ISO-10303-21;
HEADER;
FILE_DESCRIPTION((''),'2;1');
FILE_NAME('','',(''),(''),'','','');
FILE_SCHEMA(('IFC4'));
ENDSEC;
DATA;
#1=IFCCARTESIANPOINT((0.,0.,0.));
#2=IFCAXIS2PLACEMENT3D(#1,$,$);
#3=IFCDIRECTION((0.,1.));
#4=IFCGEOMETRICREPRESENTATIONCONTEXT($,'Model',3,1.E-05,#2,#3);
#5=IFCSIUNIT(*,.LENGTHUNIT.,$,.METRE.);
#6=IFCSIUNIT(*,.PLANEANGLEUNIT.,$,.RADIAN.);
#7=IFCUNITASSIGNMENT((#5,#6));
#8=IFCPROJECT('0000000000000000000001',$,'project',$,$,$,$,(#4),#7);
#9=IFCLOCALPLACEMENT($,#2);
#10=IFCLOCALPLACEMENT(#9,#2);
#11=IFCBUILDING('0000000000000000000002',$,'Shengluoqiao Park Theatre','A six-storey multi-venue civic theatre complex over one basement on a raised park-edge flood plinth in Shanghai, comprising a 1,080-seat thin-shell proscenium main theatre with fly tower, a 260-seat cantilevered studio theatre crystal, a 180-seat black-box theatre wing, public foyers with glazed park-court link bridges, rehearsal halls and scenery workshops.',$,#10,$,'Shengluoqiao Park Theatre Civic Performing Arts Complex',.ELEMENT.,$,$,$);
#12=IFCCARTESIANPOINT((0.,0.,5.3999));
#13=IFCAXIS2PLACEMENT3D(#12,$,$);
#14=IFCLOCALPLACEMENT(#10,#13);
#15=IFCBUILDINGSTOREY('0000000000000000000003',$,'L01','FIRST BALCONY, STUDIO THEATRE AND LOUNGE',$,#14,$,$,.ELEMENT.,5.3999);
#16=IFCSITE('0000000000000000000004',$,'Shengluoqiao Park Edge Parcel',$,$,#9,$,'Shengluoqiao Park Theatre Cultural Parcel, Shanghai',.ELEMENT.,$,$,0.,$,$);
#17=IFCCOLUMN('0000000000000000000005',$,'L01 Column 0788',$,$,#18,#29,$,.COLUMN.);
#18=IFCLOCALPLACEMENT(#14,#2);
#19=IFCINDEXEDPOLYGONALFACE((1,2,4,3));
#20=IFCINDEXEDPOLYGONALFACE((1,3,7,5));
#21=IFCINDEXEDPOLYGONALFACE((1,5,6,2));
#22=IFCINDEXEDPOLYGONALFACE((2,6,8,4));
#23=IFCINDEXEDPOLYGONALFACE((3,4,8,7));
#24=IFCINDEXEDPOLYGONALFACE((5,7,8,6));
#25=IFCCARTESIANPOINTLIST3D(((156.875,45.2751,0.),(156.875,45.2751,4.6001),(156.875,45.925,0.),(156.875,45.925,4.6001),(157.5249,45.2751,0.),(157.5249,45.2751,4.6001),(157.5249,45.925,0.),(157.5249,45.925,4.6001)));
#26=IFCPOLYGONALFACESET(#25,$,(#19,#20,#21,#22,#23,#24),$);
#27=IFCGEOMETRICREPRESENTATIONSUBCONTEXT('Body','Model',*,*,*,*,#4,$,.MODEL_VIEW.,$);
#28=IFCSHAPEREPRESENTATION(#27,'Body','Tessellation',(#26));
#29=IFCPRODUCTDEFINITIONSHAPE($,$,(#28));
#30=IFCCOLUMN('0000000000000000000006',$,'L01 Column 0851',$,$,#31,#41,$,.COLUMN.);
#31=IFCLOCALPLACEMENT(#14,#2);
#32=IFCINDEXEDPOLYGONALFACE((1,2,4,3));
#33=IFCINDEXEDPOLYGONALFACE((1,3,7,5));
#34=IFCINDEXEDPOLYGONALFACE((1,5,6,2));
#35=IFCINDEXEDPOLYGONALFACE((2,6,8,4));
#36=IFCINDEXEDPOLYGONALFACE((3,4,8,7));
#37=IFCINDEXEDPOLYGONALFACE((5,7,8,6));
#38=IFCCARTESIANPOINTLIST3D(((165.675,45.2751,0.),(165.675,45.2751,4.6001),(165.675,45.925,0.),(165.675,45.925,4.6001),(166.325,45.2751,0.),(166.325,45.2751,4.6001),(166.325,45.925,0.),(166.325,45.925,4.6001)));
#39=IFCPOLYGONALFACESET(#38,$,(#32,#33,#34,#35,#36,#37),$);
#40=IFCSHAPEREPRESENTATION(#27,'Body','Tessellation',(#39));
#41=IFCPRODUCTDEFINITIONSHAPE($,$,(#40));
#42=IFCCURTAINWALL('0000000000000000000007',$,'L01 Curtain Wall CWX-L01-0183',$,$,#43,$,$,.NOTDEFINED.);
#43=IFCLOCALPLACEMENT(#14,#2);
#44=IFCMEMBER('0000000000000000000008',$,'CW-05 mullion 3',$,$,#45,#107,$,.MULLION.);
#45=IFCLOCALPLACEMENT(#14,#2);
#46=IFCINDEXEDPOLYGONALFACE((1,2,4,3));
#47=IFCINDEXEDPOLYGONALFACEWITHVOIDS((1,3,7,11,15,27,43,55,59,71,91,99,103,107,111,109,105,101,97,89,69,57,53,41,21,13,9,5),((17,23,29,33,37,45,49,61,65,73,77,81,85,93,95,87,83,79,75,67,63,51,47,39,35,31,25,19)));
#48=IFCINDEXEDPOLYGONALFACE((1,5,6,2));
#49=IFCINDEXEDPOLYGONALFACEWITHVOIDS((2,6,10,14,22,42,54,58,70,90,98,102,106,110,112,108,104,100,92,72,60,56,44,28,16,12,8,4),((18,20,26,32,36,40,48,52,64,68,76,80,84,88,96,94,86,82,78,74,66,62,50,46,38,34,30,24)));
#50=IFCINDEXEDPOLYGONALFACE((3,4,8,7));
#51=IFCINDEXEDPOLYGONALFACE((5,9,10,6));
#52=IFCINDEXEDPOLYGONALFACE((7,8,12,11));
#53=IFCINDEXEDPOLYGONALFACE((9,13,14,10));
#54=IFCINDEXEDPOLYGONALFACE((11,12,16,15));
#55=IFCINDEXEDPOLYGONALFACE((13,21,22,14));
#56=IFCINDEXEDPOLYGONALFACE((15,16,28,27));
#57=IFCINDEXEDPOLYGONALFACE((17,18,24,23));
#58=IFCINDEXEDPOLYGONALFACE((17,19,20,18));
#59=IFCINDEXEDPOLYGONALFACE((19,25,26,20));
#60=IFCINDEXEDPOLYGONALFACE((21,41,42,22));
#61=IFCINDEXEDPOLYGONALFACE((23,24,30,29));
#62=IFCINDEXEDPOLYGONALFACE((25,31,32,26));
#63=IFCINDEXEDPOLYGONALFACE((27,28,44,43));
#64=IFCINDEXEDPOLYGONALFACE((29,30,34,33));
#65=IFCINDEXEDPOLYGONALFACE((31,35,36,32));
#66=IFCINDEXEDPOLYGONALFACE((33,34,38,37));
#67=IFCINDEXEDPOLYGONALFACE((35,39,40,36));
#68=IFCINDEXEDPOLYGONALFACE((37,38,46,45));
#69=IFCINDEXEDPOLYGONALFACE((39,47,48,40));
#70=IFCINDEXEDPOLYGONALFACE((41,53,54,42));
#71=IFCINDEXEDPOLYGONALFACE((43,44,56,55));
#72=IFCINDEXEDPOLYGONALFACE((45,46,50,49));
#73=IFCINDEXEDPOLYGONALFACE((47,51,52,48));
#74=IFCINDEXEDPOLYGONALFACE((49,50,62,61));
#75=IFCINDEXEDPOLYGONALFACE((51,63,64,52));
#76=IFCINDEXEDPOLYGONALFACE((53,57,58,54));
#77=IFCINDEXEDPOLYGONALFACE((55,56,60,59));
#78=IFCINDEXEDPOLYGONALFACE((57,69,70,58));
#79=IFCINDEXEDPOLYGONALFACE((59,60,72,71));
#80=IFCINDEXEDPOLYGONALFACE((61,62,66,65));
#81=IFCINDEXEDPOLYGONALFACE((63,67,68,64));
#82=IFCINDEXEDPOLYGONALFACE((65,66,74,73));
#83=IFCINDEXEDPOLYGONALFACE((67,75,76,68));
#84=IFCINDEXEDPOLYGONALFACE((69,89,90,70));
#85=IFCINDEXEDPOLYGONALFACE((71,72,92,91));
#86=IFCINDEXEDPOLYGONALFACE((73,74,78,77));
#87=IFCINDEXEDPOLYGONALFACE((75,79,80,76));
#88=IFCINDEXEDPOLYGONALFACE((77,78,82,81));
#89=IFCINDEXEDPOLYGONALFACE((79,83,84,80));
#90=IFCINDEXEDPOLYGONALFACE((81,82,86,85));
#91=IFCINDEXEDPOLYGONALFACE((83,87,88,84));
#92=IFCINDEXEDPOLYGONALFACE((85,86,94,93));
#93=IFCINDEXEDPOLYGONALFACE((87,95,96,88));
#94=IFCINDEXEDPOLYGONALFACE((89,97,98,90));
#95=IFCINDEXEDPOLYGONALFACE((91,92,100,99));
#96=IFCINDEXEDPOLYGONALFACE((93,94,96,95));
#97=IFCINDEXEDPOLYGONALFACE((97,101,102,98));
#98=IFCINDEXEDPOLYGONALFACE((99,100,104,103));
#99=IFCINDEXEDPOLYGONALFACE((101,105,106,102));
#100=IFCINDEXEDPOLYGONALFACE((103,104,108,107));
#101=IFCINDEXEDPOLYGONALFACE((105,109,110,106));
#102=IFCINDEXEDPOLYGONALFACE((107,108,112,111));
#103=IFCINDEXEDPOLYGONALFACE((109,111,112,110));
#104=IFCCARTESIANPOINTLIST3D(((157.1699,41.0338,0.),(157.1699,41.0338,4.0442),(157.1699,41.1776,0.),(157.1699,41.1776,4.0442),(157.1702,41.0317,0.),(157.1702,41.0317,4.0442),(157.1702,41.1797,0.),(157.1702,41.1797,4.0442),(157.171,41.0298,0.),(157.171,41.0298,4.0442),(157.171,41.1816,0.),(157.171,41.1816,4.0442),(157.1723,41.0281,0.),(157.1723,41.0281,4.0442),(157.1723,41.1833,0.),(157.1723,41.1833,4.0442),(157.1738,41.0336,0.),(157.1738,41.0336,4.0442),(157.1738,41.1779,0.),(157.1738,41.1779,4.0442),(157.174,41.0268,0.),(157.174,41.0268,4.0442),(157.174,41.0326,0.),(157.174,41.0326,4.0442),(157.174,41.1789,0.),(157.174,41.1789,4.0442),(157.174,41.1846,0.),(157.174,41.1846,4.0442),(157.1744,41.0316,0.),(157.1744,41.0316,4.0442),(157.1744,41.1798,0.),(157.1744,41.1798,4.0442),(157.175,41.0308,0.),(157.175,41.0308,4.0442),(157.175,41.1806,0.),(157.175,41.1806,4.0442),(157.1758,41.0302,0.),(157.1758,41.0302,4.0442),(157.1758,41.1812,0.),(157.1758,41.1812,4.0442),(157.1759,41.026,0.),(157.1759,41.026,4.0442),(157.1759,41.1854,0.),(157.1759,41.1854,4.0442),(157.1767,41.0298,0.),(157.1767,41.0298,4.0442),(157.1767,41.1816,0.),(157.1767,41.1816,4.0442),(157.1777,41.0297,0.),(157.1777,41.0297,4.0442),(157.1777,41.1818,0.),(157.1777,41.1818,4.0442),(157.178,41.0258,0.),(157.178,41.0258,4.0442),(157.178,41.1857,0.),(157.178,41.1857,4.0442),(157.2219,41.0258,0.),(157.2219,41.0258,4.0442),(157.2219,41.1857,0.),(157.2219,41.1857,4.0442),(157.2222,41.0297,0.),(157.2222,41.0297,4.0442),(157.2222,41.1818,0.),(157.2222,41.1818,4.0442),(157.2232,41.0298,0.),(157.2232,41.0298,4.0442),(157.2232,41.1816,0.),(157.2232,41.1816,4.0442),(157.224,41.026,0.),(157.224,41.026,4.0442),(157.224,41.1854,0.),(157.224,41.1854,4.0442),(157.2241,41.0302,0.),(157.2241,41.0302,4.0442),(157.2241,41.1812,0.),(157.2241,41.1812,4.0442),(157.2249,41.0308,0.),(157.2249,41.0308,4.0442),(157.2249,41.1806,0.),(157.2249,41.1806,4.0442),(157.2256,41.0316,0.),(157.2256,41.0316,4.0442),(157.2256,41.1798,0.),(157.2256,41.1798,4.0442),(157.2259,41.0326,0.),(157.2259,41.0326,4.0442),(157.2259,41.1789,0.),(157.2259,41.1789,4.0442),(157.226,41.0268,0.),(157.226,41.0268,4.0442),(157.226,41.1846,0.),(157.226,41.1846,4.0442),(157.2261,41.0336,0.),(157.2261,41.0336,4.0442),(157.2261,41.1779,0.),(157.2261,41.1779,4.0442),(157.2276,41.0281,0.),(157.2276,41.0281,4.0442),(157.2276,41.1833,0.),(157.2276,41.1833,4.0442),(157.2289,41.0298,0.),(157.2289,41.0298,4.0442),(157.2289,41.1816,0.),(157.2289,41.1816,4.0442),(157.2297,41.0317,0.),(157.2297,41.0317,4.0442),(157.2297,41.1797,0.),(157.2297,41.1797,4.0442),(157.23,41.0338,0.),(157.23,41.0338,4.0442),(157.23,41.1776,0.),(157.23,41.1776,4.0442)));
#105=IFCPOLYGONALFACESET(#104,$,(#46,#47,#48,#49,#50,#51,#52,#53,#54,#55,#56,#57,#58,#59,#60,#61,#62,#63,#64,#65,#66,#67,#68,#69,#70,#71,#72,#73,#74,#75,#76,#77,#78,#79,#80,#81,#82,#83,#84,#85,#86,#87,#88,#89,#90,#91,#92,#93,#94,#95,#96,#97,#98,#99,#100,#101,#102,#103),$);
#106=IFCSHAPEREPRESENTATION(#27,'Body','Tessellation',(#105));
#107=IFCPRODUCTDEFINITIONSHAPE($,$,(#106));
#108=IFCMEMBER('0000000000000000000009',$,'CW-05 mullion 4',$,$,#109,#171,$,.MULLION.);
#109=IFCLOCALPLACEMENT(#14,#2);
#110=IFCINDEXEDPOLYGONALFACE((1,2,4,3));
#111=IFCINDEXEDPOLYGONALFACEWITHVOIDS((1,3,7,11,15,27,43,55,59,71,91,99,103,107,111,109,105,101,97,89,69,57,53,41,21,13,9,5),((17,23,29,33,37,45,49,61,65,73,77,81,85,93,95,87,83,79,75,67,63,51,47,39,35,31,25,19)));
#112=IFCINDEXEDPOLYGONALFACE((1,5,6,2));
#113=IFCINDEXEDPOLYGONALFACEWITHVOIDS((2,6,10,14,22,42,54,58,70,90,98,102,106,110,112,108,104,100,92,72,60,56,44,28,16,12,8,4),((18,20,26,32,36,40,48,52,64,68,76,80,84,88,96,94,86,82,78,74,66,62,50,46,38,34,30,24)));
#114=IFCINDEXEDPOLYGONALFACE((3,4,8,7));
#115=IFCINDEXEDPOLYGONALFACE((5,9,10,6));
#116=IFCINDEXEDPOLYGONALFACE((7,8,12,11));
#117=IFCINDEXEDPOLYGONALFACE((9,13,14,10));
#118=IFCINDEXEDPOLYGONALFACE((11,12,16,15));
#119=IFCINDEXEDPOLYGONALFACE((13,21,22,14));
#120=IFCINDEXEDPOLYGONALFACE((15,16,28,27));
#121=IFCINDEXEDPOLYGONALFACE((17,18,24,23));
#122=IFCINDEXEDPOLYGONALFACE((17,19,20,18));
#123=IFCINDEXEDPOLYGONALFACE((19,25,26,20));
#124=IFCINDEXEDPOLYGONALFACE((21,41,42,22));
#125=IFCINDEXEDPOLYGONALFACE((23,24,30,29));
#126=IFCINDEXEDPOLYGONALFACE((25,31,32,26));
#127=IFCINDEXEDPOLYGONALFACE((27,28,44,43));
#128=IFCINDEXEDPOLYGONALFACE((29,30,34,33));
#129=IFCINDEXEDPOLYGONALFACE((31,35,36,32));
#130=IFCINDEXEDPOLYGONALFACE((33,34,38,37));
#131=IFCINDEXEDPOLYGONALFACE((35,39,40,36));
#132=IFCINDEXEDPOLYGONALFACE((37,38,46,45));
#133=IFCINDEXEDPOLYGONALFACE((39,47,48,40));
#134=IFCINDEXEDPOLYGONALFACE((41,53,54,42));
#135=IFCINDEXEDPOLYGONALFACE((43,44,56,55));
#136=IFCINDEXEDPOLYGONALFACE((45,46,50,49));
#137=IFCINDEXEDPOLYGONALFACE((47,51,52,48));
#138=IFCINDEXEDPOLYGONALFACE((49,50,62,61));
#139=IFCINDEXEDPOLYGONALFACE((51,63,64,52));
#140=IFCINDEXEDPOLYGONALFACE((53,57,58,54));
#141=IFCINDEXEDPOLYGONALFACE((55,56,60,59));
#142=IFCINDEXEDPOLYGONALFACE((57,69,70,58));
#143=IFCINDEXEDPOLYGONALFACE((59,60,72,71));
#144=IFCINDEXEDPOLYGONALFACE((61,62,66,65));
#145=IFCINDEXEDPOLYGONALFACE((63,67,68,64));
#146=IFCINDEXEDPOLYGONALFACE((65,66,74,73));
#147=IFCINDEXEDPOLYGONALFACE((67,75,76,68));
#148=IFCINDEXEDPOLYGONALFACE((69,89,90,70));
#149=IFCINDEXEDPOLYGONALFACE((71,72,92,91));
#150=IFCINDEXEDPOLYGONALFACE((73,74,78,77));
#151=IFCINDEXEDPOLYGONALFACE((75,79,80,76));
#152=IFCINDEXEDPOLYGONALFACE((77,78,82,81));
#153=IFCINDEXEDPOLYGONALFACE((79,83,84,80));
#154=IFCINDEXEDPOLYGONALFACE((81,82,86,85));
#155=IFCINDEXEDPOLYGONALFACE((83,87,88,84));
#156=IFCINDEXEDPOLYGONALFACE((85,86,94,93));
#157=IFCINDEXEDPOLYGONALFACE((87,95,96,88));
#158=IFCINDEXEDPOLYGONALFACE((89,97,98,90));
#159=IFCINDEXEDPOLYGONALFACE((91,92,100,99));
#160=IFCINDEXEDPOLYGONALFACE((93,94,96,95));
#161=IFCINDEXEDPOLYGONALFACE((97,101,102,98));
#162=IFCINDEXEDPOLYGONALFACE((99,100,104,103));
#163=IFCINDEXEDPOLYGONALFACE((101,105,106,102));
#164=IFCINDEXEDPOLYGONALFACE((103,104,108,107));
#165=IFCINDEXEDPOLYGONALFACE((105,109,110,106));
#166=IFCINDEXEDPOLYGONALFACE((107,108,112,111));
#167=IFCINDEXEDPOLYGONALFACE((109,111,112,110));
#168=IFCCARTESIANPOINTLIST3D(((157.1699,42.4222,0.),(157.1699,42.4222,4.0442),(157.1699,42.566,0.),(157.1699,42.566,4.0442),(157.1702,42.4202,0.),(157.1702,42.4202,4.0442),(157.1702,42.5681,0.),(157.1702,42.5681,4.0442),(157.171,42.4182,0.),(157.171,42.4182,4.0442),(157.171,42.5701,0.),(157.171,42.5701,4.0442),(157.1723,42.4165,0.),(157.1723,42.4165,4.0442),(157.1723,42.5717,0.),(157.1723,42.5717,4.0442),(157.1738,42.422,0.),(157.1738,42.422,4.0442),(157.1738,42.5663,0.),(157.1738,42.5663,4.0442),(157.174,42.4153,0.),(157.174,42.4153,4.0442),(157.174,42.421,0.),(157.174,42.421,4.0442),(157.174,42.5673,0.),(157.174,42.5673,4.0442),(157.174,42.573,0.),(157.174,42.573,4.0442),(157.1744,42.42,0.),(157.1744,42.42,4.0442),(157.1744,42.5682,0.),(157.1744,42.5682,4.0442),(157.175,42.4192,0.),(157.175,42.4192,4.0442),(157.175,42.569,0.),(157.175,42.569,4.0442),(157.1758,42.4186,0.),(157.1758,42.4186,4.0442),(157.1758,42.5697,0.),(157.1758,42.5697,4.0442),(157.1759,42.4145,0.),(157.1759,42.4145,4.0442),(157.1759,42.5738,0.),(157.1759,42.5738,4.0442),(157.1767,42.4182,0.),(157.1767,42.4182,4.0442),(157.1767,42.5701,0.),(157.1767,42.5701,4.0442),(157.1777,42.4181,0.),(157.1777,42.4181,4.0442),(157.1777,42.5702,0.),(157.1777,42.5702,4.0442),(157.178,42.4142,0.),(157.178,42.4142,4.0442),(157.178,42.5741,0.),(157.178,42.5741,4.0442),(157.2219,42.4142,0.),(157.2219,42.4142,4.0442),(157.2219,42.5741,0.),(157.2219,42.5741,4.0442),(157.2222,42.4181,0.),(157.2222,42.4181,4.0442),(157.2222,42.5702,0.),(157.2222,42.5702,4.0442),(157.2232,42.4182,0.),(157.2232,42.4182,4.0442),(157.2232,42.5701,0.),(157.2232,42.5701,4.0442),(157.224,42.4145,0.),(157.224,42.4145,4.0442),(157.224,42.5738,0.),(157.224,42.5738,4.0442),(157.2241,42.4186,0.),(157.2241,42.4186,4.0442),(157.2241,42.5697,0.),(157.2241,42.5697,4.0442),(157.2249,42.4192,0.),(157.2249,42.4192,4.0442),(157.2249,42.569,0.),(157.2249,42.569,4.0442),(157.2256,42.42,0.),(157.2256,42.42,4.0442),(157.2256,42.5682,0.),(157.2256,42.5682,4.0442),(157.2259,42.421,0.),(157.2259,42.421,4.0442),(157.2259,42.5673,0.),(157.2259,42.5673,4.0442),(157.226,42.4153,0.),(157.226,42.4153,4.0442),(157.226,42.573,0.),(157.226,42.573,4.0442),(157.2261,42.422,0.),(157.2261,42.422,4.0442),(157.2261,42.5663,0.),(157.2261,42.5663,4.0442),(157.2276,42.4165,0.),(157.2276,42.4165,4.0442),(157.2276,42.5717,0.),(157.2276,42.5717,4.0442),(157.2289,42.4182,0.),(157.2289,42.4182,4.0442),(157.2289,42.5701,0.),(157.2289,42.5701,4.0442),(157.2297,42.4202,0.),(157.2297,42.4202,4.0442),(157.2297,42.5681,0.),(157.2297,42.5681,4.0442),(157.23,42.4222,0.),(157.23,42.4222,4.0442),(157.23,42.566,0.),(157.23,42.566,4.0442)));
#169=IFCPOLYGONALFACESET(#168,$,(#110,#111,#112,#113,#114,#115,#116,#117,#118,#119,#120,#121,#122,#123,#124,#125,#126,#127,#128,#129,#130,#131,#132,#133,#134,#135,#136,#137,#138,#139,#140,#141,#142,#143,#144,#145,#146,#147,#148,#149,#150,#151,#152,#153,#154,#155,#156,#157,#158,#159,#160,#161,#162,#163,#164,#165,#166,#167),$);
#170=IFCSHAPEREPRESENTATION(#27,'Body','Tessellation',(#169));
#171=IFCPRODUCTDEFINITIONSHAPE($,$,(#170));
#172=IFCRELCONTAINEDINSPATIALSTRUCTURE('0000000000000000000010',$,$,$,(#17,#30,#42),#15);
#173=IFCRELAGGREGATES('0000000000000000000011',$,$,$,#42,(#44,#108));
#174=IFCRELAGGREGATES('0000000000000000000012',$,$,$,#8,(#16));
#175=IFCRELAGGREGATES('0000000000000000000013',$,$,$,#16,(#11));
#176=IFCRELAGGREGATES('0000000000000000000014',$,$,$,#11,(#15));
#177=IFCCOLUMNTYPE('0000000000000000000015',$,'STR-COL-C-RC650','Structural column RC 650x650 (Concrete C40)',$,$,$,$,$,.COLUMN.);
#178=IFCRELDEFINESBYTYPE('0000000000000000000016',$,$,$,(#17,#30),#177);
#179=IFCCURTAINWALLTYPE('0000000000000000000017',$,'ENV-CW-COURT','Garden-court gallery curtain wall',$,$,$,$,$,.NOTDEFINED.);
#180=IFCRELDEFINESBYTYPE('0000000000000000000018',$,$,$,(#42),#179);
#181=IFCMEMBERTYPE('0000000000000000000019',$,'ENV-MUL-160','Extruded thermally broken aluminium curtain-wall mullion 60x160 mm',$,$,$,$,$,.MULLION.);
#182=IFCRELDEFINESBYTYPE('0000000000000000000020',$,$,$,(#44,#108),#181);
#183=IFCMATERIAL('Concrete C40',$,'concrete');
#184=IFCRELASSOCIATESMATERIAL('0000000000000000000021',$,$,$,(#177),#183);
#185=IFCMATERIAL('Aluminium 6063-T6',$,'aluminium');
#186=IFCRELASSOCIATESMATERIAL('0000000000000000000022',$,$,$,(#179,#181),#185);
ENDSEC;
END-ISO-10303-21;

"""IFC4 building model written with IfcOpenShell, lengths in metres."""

from ifc_helpers import new_model, si_unit, direction, frame, origin, origin_2d, place, context, subcontext, project, spatial, rectangle, hollow_rectangle, extrude, material, material_profile, profile_set, type_object, element, aggregate, save


model = new_model("IFC4")

# Units and contexts
model_context = context("Model", 3, precision=1e-05, world=origin(), true_north=direction((0.0, 1.0)))
body_context = subcontext(model_context, "Body", "Model", "MODEL_VIEW")
ifc_project = project(units=[si_unit("LENGTHUNIT", "METRE"), si_unit("PLANEANGLEUNIT", "RADIAN")], contexts=[model_context])

# Site, building, storey
site_placement = place(None, origin())
site = spatial("IfcSite", under=ifc_project, at=site_placement, Name="Shengluoqiao Park Edge Parcel", LongName="Shengluoqiao Park Theatre Cultural Parcel, Shanghai", CompositionType="ELEMENT", RefElevation=0.0)
building_placement = place(site_placement, origin())
building = spatial("IfcBuilding", under=site, at=building_placement, Name="Shengluoqiao Park Theatre", Description="A six-storey multi-venue civic theatre complex over one basement on a raised park-edge flood plinth in Shanghai, comprising a 1,080-seat thin-shell proscenium main theatre with fly tower, a 260-seat cantilevered studio theatre crystal, a 180-seat black-box theatre wing, public foyers with glazed park-court link bridges, rehearsal halls and scenery workshops.", LongName="Shengluoqiao Park Theatre Civic Performing Arts Complex", CompositionType="ELEMENT")
storey_placement = place(building_placement, frame((0.0, 0.0, 5.3999)))
storey = spatial("IfcBuildingStorey", under=building, at=storey_placement, Name="L01", Description="FIRST BALCONY, STUDIO THEATRE AND LOUNGE", CompositionType="ELEMENT", Elevation=5.3999)

# Columns
ifc_material_1 = material(Name="Concrete C40", Category="concrete")
ifc_material_profile_1 = material_profile(ifc_material_1, rectangle(XDim=0.6499, YDim=0.6499, at=origin_2d()), Name="RC 650x650")
ifc_profile_set_1 = profile_set([ifc_material_profile_1], Name="Concrete C40")
column_type = type_object("IfcColumnType", Name="STR-COL-C-RC650", Description="Structural column RC 650x650 (Concrete C40)", PredefinedType="COLUMN", material=ifc_profile_set_1)
for number, where, z_axis, x_axis, name in (
    (1, (157.2, 45.6001, 0.0), (0.0, 0.0, 1.0), (1.0, 0.0, 0.0), "L01 Column 0788"),
    (2, (166.0, 45.6001, 0.0), (0.0, 0.0, 1.0), (1.0, 0.0, 0.0), "L01 Column 0851"),
):
    element("IfcColumn", number, at=place(storey_placement, frame(where, z_axis=z_axis, x_axis=x_axis)), inside=storey, type_object=column_type, Name=name, PredefinedType="COLUMN", context=body_context, shape_type="SweptSolid", body=[
        extrude(rectangle(XDim=0.6499, YDim=0.6499, at=origin_2d()), origin(), (0.0, 0.0, 1.0), 4.6001),
    ])

# Curtain wall, members
ifc_material_2 = material(Name="Aluminium 6063-T6", Category="aluminium")
curtain_wall_type = type_object("IfcCurtainWallType", Name="ENV-CW-COURT", Description="Garden-court gallery curtain wall", PredefinedType="NOTDEFINED", material=ifc_material_2)
curtain_wall_1_placement = place(storey_placement, origin())
curtain_wall_1 = element("IfcCurtainWall", 3, at=curtain_wall_1_placement, inside=storey, type_object=curtain_wall_type, Name="L01 Curtain Wall CWX-L01-0183", PredefinedType="NOTDEFINED")
ifc_material_profile_2 = material_profile(ifc_material_2, hollow_rectangle(XDim=0.0601, YDim=0.1599, WallThickness=0.0039, InnerFilletRadius=0.0039, OuterFilletRadius=0.0081, at=origin_2d()), Name="ALU MULLION 160x60x4")
ifc_profile_set_2 = profile_set([ifc_material_profile_2], Name="Aluminium 6063-T6")
member_type_1 = type_object("IfcMemberType", Name="ENV-MUL-160", Description="Extruded thermally broken aluminium curtain-wall mullion 60x160 mm", PredefinedType="MULLION", material=ifc_profile_set_2)
member_1_placement = place(storey_placement, frame((157.2, 41.1057, 0.0), z_axis=(0.0, 0.0, 1.0), x_axis=(-1.0, 0.0, 0.0)))
member_1 = element("IfcMember", 4, at=member_1_placement, type_object=member_type_1, Name="CW-05 mullion 3", PredefinedType="MULLION", context=body_context, shape_type="SweptSolid", body=[
    extrude(hollow_rectangle(XDim=0.0601, YDim=0.1599, WallThickness=0.0039, InnerFilletRadius=0.0039, OuterFilletRadius=0.0081, at=origin_2d()), origin(), (0.0, 0.0, 1.0), 4.0442),
])
member_2_placement = place(storey_placement, frame((157.2, 42.4941, 0.0), z_axis=(0.0, 0.0, 1.0), x_axis=(-1.0, 0.0, 0.0)))
member_2 = element("IfcMember", 5, at=member_2_placement, type_object=member_type_1, Name="CW-05 mullion 4", PredefinedType="MULLION", context=body_context, shape_type="SweptSolid", body=[
    extrude(hollow_rectangle(XDim=0.0601, YDim=0.1599, WallThickness=0.0039, InnerFilletRadius=0.0039, OuterFilletRadius=0.0081, at=origin_2d()), origin(), (0.0, 0.0, 1.0), 4.0442),
])

aggregate(curtain_wall_1, [member_1, member_2])

save(model, "model.ifc")
